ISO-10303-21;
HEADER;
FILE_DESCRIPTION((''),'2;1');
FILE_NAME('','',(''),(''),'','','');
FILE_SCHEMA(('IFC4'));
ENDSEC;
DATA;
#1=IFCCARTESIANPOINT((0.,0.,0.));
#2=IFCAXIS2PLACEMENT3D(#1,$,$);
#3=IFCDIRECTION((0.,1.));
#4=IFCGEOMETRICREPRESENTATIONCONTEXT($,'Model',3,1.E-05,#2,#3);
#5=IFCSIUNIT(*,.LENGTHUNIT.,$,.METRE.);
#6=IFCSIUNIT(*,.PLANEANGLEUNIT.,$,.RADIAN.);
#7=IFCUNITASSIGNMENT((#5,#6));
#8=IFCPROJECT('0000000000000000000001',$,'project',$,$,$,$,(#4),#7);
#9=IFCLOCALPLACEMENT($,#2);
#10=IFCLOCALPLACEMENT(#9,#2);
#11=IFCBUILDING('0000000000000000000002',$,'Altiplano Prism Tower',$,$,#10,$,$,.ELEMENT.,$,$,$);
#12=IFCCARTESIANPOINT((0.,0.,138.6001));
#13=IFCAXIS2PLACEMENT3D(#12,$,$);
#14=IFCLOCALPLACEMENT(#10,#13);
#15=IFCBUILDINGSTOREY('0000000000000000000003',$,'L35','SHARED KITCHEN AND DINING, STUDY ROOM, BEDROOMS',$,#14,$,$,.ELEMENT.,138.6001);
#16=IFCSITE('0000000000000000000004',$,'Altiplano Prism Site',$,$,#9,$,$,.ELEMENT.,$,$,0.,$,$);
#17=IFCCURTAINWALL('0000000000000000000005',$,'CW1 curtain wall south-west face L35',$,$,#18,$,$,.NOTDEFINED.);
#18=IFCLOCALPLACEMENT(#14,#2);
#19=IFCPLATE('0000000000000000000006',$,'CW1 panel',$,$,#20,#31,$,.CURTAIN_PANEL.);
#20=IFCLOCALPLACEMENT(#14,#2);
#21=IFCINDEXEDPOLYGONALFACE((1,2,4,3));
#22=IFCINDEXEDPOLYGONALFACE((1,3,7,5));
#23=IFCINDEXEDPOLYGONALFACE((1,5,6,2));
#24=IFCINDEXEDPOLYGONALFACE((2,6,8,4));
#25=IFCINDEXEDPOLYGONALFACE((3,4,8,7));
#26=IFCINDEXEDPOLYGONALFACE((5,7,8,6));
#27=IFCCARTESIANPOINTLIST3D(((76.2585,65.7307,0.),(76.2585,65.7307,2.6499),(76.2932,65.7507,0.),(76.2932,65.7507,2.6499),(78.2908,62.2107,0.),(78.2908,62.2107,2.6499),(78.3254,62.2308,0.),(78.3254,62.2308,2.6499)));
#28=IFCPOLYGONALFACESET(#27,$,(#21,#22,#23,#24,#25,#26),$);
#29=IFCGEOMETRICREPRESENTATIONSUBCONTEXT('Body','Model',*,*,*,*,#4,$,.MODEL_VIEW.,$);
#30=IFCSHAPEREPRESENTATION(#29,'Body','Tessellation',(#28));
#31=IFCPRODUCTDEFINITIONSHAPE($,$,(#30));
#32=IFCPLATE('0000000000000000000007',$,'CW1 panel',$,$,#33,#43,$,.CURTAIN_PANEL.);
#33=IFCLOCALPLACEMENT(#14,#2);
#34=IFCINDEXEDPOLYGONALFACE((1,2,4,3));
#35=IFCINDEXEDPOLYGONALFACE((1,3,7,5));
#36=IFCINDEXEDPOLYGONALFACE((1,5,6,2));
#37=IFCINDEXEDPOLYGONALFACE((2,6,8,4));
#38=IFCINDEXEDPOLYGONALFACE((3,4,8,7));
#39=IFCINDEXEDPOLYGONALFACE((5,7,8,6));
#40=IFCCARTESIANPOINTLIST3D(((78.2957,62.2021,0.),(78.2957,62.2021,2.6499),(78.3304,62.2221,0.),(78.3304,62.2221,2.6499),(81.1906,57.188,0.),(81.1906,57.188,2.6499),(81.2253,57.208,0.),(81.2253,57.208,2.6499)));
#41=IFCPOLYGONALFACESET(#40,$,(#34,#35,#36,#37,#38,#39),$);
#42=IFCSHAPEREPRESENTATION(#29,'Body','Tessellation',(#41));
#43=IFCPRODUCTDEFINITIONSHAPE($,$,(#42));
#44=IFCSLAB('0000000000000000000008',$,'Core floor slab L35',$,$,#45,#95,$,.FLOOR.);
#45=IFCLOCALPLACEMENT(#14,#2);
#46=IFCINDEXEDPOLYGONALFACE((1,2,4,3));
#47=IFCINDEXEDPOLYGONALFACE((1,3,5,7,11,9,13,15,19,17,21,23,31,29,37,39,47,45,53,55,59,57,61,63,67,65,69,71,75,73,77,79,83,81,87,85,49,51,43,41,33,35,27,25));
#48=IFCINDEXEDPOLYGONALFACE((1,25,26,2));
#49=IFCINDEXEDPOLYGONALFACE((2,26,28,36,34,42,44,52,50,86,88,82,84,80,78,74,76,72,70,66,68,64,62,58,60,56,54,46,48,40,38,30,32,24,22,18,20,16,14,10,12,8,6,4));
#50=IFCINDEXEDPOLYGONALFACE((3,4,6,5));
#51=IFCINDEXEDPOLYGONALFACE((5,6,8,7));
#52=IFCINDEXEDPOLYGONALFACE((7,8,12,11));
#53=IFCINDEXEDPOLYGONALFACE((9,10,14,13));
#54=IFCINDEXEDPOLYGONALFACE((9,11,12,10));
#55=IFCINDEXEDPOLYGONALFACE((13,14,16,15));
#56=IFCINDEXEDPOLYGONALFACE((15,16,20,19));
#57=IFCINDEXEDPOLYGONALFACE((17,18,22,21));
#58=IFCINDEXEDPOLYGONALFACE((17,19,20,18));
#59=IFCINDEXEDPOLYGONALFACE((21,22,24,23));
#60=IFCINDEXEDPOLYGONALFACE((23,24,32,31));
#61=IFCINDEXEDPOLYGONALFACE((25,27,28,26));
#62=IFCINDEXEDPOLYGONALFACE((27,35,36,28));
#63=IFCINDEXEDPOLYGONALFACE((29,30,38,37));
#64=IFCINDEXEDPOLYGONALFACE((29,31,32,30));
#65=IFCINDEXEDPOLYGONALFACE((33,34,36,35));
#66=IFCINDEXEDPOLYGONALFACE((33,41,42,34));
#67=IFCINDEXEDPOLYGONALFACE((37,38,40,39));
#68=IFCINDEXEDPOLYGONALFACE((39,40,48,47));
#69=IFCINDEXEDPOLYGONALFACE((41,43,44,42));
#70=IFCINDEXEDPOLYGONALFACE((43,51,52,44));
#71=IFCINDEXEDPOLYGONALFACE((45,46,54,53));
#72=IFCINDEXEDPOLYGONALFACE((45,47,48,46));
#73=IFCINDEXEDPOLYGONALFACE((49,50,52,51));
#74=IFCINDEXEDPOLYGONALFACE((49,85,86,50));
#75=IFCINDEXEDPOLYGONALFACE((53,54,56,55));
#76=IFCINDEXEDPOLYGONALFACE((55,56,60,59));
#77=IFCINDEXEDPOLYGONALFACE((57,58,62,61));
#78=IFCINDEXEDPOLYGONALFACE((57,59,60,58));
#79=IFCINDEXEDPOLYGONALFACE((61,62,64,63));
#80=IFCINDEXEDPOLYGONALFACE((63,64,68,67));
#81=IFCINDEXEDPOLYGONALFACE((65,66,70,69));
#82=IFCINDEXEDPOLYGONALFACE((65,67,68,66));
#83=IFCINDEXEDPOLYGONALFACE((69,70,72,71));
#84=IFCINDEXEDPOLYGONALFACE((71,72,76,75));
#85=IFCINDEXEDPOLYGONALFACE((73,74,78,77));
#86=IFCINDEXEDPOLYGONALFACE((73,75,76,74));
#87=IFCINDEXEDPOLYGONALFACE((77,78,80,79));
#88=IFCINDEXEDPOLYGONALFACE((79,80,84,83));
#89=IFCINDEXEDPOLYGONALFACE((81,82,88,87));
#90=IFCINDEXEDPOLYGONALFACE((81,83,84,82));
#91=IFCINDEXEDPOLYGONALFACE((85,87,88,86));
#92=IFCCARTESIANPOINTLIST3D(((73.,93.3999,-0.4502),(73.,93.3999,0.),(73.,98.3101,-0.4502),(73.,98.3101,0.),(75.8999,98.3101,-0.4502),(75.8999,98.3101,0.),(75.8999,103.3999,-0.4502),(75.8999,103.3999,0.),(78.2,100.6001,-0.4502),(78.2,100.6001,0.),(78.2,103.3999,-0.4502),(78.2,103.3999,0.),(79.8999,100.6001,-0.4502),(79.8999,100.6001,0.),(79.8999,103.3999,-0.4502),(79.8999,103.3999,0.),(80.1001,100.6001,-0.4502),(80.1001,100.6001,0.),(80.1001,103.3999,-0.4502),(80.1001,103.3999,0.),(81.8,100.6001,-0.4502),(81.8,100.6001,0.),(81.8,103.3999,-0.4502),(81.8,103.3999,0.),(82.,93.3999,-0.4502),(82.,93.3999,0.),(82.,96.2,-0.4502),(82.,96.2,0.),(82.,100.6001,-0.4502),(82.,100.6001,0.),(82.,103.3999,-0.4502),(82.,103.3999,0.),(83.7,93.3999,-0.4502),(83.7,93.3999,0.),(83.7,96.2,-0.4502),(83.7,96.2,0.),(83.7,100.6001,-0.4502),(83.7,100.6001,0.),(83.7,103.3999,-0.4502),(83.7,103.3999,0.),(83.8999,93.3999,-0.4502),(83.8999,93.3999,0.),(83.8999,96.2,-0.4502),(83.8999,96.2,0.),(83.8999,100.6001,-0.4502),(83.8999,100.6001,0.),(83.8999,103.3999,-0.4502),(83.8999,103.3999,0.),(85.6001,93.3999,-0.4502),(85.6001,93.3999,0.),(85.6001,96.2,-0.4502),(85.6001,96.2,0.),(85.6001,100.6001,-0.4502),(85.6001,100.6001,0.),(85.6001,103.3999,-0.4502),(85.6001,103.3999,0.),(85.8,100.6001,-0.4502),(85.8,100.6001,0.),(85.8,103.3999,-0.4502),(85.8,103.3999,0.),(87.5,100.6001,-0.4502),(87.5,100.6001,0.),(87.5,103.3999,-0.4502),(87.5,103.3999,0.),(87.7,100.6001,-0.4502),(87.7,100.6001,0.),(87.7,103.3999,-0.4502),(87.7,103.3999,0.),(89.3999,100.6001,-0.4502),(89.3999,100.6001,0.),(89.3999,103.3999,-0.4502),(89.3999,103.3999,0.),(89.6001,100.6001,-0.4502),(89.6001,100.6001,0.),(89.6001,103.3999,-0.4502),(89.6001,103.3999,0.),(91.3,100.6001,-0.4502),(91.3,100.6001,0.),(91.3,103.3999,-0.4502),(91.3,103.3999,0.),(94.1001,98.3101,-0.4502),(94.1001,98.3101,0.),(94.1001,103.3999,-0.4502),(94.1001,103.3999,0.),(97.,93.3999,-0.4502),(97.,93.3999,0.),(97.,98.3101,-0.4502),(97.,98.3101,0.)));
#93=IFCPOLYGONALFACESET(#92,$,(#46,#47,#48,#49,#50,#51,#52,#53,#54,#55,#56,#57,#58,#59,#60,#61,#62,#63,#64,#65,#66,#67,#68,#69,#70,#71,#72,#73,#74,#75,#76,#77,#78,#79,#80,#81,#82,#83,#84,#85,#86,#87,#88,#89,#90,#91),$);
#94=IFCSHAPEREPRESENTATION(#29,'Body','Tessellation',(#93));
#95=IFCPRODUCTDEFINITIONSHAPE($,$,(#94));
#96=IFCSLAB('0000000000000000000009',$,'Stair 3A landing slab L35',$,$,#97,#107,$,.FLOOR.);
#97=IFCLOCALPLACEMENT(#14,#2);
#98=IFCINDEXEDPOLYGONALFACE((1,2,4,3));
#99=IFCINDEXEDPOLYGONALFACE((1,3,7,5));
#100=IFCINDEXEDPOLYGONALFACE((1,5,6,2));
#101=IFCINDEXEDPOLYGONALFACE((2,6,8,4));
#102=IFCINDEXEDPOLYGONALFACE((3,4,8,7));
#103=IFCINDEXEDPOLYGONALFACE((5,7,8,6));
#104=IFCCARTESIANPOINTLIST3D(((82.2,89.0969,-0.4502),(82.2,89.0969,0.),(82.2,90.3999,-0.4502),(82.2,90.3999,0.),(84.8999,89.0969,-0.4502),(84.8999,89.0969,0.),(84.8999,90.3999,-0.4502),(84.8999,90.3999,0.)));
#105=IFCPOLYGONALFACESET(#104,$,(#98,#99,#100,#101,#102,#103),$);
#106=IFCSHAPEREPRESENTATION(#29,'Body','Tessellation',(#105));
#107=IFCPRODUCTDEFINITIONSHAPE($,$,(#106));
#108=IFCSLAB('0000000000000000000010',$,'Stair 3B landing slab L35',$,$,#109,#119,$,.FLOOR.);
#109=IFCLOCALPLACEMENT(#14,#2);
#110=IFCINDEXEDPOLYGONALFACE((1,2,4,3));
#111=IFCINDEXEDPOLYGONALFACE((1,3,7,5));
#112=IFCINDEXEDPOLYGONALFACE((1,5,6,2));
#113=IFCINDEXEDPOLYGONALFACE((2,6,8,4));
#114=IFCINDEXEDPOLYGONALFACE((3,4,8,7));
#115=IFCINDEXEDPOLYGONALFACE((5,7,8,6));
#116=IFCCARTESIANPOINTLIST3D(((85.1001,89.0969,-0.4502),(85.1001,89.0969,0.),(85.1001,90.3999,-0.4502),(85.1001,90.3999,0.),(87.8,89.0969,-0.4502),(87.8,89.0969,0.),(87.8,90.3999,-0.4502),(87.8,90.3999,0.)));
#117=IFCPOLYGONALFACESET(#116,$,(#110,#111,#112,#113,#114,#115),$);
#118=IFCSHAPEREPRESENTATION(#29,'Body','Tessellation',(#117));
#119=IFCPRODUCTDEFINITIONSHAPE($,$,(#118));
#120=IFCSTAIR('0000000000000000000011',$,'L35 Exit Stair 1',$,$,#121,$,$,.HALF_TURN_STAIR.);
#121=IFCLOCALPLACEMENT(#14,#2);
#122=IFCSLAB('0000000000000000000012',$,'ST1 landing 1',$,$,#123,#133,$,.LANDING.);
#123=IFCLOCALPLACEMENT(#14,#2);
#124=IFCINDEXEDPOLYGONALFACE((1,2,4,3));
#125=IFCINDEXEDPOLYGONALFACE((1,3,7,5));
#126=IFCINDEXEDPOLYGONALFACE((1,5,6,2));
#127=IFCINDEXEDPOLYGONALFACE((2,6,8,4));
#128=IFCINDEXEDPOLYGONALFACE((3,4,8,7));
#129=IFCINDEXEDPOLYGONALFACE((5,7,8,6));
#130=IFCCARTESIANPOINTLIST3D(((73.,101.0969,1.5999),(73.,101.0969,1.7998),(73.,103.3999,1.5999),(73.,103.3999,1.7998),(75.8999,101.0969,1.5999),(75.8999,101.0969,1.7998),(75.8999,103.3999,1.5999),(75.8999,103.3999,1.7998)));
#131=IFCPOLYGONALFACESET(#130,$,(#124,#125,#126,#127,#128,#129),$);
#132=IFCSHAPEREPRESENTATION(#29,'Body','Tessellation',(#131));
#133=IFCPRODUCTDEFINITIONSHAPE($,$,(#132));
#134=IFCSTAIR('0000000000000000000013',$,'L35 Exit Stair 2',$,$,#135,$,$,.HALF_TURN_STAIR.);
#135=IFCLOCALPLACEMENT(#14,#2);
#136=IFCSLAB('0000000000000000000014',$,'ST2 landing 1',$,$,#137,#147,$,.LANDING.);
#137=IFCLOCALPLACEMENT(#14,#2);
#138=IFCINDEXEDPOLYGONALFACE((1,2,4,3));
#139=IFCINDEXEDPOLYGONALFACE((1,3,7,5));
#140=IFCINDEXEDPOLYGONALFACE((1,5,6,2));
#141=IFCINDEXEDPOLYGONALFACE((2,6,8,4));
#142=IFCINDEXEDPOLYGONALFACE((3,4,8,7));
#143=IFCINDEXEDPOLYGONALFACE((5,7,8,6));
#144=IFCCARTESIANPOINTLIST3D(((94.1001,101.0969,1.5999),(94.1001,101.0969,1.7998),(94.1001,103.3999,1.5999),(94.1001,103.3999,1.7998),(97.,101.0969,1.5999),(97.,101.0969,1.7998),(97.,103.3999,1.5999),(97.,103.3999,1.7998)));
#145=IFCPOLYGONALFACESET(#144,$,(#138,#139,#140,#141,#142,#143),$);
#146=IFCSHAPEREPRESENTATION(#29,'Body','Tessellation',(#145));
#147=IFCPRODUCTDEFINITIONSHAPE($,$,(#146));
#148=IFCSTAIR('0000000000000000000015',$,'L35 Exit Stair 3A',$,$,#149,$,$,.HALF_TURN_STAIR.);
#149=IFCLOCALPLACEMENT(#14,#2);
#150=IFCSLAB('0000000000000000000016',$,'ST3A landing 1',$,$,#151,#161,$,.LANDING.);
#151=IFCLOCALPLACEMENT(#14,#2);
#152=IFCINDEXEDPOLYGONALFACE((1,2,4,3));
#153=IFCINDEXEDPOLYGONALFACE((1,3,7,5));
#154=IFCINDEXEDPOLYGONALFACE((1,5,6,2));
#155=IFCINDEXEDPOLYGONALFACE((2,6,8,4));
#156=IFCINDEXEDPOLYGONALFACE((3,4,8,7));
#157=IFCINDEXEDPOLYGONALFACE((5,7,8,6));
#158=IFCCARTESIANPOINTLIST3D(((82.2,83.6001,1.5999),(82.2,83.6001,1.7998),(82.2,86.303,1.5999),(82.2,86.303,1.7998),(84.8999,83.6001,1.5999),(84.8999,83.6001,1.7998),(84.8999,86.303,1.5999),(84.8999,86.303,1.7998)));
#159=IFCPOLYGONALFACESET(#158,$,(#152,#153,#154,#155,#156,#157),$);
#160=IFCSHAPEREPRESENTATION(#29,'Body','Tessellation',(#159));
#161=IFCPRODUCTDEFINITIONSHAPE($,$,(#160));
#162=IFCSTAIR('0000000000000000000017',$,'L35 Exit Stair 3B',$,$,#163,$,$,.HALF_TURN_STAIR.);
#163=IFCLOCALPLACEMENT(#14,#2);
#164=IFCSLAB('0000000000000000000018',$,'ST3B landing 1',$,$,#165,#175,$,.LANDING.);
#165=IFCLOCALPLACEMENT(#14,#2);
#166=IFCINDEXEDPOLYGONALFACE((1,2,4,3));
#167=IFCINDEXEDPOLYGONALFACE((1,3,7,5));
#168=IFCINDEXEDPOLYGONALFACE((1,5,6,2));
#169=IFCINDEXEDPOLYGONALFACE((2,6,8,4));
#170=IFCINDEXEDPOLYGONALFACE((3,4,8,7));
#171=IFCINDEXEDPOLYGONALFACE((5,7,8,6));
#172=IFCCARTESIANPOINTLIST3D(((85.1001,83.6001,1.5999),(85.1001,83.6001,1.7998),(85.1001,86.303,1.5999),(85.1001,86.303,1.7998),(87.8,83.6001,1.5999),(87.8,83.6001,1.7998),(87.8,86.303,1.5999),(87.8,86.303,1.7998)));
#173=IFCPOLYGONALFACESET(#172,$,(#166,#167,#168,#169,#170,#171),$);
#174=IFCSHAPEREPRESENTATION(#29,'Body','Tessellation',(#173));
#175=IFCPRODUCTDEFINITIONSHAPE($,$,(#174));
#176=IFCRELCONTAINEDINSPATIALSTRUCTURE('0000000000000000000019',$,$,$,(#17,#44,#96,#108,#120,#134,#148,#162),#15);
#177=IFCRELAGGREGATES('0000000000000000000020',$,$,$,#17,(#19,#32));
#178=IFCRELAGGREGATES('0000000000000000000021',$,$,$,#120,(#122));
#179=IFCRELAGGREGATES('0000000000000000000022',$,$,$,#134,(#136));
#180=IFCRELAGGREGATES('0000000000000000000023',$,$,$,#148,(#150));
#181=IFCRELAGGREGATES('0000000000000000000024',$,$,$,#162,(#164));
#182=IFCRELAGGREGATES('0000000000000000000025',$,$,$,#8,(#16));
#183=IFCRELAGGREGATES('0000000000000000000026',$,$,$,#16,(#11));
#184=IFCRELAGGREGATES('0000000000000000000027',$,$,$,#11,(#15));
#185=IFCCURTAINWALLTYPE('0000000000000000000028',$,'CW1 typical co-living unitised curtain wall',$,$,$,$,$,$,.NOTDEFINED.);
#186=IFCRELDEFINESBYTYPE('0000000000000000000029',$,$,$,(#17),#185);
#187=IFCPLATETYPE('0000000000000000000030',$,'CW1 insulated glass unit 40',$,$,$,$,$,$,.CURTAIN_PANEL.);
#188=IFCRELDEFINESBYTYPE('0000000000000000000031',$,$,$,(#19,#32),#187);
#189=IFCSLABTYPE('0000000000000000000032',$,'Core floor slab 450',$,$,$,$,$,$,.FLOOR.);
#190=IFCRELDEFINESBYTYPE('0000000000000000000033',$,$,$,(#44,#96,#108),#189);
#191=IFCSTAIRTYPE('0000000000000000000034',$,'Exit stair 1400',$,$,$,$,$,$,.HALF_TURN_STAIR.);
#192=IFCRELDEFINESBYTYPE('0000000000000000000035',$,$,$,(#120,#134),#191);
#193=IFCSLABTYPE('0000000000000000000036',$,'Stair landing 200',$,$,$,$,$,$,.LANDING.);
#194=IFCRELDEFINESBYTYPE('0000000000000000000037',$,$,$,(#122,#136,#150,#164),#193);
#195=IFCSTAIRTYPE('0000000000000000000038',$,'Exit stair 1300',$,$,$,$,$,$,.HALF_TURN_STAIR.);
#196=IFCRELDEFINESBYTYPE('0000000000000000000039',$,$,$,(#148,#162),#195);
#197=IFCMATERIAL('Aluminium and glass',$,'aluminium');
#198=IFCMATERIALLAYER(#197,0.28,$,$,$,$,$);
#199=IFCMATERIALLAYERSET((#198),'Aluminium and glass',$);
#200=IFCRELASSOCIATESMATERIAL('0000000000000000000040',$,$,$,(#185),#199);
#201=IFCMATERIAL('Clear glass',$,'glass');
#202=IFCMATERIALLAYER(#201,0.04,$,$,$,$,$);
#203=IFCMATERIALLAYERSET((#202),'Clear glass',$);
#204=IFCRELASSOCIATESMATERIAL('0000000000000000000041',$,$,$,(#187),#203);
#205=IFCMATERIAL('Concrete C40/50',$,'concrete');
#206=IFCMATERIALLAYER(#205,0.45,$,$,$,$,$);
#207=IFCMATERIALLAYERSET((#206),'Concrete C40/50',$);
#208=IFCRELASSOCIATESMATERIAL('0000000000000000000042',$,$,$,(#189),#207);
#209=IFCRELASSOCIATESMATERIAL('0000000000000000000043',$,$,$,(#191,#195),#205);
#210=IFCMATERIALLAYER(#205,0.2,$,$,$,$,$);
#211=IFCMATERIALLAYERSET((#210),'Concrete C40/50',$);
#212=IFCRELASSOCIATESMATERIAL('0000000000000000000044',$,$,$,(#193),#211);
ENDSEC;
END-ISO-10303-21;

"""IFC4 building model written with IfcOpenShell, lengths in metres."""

from ifc_helpers import new_model, si_unit, direction, frame, origin, origin_2d, place, context, subcontext, project, spatial, polyline, rectangle, outline, extrude, material, layer, layer_set, type_object, element, aggregate, save


model = new_model("IFC4")

# Units and contexts
model_context = context("Model", 3, precision=1e-05, world=origin(), true_north=direction((0.0, 1.0)))
body_context = subcontext(model_context, "Body", "Model", "MODEL_VIEW")
ifc_project = project(units=[si_unit("LENGTHUNIT", "METRE"), si_unit("PLANEANGLEUNIT", "RADIAN")], contexts=[model_context])

# Site, building, storey
site_placement = place(None, origin())
site = spatial("IfcSite", under=ifc_project, at=site_placement, Name="Altiplano Prism Site", CompositionType="ELEMENT", RefElevation=0.0)
building_placement = place(site_placement, origin())
building = spatial("IfcBuilding", under=site, at=building_placement, Name="Altiplano Prism Tower", CompositionType="ELEMENT")
storey_placement = place(building_placement, frame((0.0, 0.0, 138.6001)))
storey = spatial("IfcBuildingStorey", under=building, at=storey_placement, Name="L35", Description="SHARED KITCHEN AND DINING, STUDY ROOM, BEDROOMS", CompositionType="ELEMENT", Elevation=138.6001)

# Curtain wall
ifc_material_1 = material(Name="Aluminium and glass", Category="aluminium")
ifc_layer_1 = layer(ifc_material_1, 0.28)
ifc_layer_set_1 = layer_set([ifc_layer_1], Name="Aluminium and glass")
curtain_wall_type = type_object("IfcCurtainWallType", Name="CW1 typical co-living unitised curtain wall", PredefinedType="NOTDEFINED", material=ifc_layer_set_1)
curtain_wall_1_placement = place(storey_placement, origin())
curtain_wall_1 = element("IfcCurtainWall", 1, at=curtain_wall_1_placement, inside=storey, type_object=curtain_wall_type, Name="CW1 curtain wall south-west face L35", PredefinedType="NOTDEFINED")

# Plates
ifc_material_2 = material(Name="Clear glass", Category="glass")
ifc_layer_2 = layer(ifc_material_2, 0.04)
ifc_layer_set_2 = layer_set([ifc_layer_2], Name="Clear glass")
plate_type = type_object("IfcPlateType", Name="CW1 insulated glass unit 40", PredefinedType="CURTAIN_PANEL", material=ifc_layer_set_2)
plate_1_placement = place(storey_placement, frame((77.292, 63.9807, 0.0), z_axis=(0.0, 0.0, 1.0), x_axis=(0.5, -0.866025, 0.0)))
plate_1 = element("IfcPlate", 2, at=plate_1_placement, type_object=plate_type, Name="CW1 panel", PredefinedType="CURTAIN_PANEL", context=body_context, shape_type="SweptSolid", body=[
    extrude(rectangle(XDim=4.0645, YDim=0.04, at=origin_2d()), origin(), (0.0, 0.0, 1.0), 2.6499),
])
plate_2_placement = place(storey_placement, frame((79.7605, 59.7051, 0.0), z_axis=(0.0, 0.0, 1.0), x_axis=(0.5, -0.866025, 0.0)))
plate_2 = element("IfcPlate", 3, at=plate_2_placement, type_object=plate_type, Name="CW1 panel", PredefinedType="CURTAIN_PANEL", context=body_context, shape_type="SweptSolid", body=[
    extrude(rectangle(XDim=5.7898, YDim=0.04, at=origin_2d()), origin(), (0.0, 0.0, 1.0), 2.6499),
])
aggregate(curtain_wall_1, [plate_1, plate_2])

# Slabs
ifc_material_3 = material(Name="Concrete C40/50", Category="concrete")
ifc_layer_3 = layer(ifc_material_3, 0.45)
ifc_layer_set_3 = layer_set([ifc_layer_3], Name="Concrete C40/50")
slab_type_1 = type_object("IfcSlabType", Name="Core floor slab 450", PredefinedType="FLOOR", material=ifc_layer_set_3)
slab_1_placement = place(storey_placement, frame((0.0, 0.0, -0.4502)))
element("IfcSlab", 4, at=slab_1_placement, inside=storey, type_object=slab_type_1, Name="Core floor slab L35", PredefinedType="FLOOR", context=body_context, shape_type="SweptSolid", body=[
    extrude(outline(polyline([(97.0, 98.3101), (94.1001, 98.3101), (94.1001, 103.3999), (91.3, 103.3999), (91.3, 100.6001), (89.6001, 100.6001), (89.6001, 103.3999), (89.3999, 103.3999), (89.3999, 100.6001), (87.7, 100.6001), (87.7, 103.3999), (87.5, 103.3999), (87.5, 100.6001), (85.8, 100.6001), (85.8, 103.3999), (85.6001, 103.3999), (85.6001, 100.6001), (83.8999, 100.6001), (83.8999, 103.3999), (83.7, 103.3999), (83.7, 100.6001), (82.0, 100.6001), (82.0, 103.3999), (81.8, 103.3999), (81.8, 100.6001), (80.1001, 100.6001), (80.1001, 103.3999), (79.8999, 103.3999), (79.8999, 100.6001), (78.2, 100.6001), (78.2, 103.3999), (75.8999, 103.3999), (75.8999, 98.3101), (73.0, 98.3101), (73.0, 93.3999), (82.0, 93.3999), (82.0, 96.2), (83.7, 96.2), (83.7, 93.3999), (83.8999, 93.3999), (83.8999, 96.2), (85.6001, 96.2), (85.6001, 93.3999), (97.0, 93.3999), (97.0, 98.3101)])), origin(), (0.0, 0.0, 1.0), 0.4502),
])
slab_2_placement = place(storey_placement, frame((0.0, 0.0, -0.4502)))
element("IfcSlab", 5, at=slab_2_placement, inside=storey, type_object=slab_type_1, Name="Stair 3A landing slab L35", PredefinedType="FLOOR", context=body_context, shape_type="SweptSolid", body=[
    extrude(outline(polyline([(82.2, 89.0969), (84.8999, 89.0969), (84.8999, 90.3999), (82.2, 90.3999), (82.2, 89.0969)])), origin(), (0.0, 0.0, 1.0), 0.4502),
])
slab_3_placement = place(storey_placement, frame((0.0, 0.0, -0.4502)))
element("IfcSlab", 6, at=slab_3_placement, inside=storey, type_object=slab_type_1, Name="Stair 3B landing slab L35", PredefinedType="FLOOR", context=body_context, shape_type="SweptSolid", body=[
    extrude(outline(polyline([(85.1001, 89.0969), (87.8, 89.0969), (87.8, 90.3999), (85.1001, 90.3999), (85.1001, 89.0969)])), origin(), (0.0, 0.0, 1.0), 0.4502),
])

# Stairs, slabs
stair_type_1 = type_object("IfcStairType", Name="Exit stair 1400", PredefinedType="HALF_TURN_STAIR", material=ifc_material_3)
stair_1_placement = place(storey_placement, origin())
stair_1 = element("IfcStair", 7, at=stair_1_placement, inside=storey, type_object=stair_type_1, Name="L35 Exit Stair 1", PredefinedType="HALF_TURN_STAIR")
ifc_layer_4 = layer(ifc_material_3, 0.2)
ifc_layer_set_4 = layer_set([ifc_layer_4], Name="Concrete C40/50")
slab_type_2 = type_object("IfcSlabType", Name="Stair landing 200", PredefinedType="LANDING", material=ifc_layer_set_4)
slab_4_placement = place(storey_placement, frame((0.0, 0.0, 1.5999)))
slab_4 = element("IfcSlab", 8, at=slab_4_placement, type_object=slab_type_2, Name="ST1 landing 1", PredefinedType="LANDING", context=body_context, shape_type="SweptSolid", body=[
    extrude(outline(polyline([(75.8999, 101.0969), (75.8999, 103.3999), (73.0, 103.3999), (73.0, 101.0969), (75.8999, 101.0969)])), origin(), (0.0, 0.0, 1.0), 0.2),
])
aggregate(stair_1, [slab_4])
stair_2_placement = place(storey_placement, origin())
stair_2 = element("IfcStair", 9, at=stair_2_placement, inside=storey, type_object=stair_type_1, Name="L35 Exit Stair 2", PredefinedType="HALF_TURN_STAIR")
slab_5_placement = place(storey_placement, frame((0.0, 0.0, 1.5999)))
slab_5 = element("IfcSlab", 10, at=slab_5_placement, type_object=slab_type_2, Name="ST2 landing 1", PredefinedType="LANDING", context=body_context, shape_type="SweptSolid", body=[
    extrude(outline(polyline([(97.0, 101.0969), (97.0, 103.3999), (94.1001, 103.3999), (94.1001, 101.0969), (97.0, 101.0969)])), origin(), (0.0, 0.0, 1.0), 0.2),
])
aggregate(stair_2, [slab_5])
stair_type_2 = type_object("IfcStairType", Name="Exit stair 1300", PredefinedType="HALF_TURN_STAIR", material=ifc_material_3)
stair_3_placement = place(storey_placement, origin())
stair_3 = element("IfcStair", 11, at=stair_3_placement, inside=storey, type_object=stair_type_2, Name="L35 Exit Stair 3A", PredefinedType="HALF_TURN_STAIR")
slab_6_placement = place(storey_placement, frame((0.0, 0.0, 1.5999)))
slab_6 = element("IfcSlab", 12, at=slab_6_placement, type_object=slab_type_2, Name="ST3A landing 1", PredefinedType="LANDING", context=body_context, shape_type="SweptSolid", body=[
    extrude(outline(polyline([(82.2, 86.303), (82.2, 83.6001), (84.8999, 83.6001), (84.8999, 86.303), (82.2, 86.303)])), origin(), (0.0, 0.0, 1.0), 0.2),
])
aggregate(stair_3, [slab_6])
stair_4_placement = place(storey_placement, origin())
stair_4 = element("IfcStair", 13, at=stair_4_placement, inside=storey, type_object=stair_type_2, Name="L35 Exit Stair 3B", PredefinedType="HALF_TURN_STAIR")
slab_7_placement = place(storey_placement, frame((0.0, 0.0, 1.5999)))
slab_7 = element("IfcSlab", 14, at=slab_7_placement, type_object=slab_type_2, Name="ST3B landing 1", PredefinedType="LANDING", context=body_context, shape_type="SweptSolid", body=[
    extrude(outline(polyline([(85.1001, 86.303), (85.1001, 83.6001), (87.8, 83.6001), (87.8, 86.303), (85.1001, 86.303)])), origin(), (0.0, 0.0, 1.0), 0.2),
])
aggregate(stair_4, [slab_7])

save(model, "model.ifc")
